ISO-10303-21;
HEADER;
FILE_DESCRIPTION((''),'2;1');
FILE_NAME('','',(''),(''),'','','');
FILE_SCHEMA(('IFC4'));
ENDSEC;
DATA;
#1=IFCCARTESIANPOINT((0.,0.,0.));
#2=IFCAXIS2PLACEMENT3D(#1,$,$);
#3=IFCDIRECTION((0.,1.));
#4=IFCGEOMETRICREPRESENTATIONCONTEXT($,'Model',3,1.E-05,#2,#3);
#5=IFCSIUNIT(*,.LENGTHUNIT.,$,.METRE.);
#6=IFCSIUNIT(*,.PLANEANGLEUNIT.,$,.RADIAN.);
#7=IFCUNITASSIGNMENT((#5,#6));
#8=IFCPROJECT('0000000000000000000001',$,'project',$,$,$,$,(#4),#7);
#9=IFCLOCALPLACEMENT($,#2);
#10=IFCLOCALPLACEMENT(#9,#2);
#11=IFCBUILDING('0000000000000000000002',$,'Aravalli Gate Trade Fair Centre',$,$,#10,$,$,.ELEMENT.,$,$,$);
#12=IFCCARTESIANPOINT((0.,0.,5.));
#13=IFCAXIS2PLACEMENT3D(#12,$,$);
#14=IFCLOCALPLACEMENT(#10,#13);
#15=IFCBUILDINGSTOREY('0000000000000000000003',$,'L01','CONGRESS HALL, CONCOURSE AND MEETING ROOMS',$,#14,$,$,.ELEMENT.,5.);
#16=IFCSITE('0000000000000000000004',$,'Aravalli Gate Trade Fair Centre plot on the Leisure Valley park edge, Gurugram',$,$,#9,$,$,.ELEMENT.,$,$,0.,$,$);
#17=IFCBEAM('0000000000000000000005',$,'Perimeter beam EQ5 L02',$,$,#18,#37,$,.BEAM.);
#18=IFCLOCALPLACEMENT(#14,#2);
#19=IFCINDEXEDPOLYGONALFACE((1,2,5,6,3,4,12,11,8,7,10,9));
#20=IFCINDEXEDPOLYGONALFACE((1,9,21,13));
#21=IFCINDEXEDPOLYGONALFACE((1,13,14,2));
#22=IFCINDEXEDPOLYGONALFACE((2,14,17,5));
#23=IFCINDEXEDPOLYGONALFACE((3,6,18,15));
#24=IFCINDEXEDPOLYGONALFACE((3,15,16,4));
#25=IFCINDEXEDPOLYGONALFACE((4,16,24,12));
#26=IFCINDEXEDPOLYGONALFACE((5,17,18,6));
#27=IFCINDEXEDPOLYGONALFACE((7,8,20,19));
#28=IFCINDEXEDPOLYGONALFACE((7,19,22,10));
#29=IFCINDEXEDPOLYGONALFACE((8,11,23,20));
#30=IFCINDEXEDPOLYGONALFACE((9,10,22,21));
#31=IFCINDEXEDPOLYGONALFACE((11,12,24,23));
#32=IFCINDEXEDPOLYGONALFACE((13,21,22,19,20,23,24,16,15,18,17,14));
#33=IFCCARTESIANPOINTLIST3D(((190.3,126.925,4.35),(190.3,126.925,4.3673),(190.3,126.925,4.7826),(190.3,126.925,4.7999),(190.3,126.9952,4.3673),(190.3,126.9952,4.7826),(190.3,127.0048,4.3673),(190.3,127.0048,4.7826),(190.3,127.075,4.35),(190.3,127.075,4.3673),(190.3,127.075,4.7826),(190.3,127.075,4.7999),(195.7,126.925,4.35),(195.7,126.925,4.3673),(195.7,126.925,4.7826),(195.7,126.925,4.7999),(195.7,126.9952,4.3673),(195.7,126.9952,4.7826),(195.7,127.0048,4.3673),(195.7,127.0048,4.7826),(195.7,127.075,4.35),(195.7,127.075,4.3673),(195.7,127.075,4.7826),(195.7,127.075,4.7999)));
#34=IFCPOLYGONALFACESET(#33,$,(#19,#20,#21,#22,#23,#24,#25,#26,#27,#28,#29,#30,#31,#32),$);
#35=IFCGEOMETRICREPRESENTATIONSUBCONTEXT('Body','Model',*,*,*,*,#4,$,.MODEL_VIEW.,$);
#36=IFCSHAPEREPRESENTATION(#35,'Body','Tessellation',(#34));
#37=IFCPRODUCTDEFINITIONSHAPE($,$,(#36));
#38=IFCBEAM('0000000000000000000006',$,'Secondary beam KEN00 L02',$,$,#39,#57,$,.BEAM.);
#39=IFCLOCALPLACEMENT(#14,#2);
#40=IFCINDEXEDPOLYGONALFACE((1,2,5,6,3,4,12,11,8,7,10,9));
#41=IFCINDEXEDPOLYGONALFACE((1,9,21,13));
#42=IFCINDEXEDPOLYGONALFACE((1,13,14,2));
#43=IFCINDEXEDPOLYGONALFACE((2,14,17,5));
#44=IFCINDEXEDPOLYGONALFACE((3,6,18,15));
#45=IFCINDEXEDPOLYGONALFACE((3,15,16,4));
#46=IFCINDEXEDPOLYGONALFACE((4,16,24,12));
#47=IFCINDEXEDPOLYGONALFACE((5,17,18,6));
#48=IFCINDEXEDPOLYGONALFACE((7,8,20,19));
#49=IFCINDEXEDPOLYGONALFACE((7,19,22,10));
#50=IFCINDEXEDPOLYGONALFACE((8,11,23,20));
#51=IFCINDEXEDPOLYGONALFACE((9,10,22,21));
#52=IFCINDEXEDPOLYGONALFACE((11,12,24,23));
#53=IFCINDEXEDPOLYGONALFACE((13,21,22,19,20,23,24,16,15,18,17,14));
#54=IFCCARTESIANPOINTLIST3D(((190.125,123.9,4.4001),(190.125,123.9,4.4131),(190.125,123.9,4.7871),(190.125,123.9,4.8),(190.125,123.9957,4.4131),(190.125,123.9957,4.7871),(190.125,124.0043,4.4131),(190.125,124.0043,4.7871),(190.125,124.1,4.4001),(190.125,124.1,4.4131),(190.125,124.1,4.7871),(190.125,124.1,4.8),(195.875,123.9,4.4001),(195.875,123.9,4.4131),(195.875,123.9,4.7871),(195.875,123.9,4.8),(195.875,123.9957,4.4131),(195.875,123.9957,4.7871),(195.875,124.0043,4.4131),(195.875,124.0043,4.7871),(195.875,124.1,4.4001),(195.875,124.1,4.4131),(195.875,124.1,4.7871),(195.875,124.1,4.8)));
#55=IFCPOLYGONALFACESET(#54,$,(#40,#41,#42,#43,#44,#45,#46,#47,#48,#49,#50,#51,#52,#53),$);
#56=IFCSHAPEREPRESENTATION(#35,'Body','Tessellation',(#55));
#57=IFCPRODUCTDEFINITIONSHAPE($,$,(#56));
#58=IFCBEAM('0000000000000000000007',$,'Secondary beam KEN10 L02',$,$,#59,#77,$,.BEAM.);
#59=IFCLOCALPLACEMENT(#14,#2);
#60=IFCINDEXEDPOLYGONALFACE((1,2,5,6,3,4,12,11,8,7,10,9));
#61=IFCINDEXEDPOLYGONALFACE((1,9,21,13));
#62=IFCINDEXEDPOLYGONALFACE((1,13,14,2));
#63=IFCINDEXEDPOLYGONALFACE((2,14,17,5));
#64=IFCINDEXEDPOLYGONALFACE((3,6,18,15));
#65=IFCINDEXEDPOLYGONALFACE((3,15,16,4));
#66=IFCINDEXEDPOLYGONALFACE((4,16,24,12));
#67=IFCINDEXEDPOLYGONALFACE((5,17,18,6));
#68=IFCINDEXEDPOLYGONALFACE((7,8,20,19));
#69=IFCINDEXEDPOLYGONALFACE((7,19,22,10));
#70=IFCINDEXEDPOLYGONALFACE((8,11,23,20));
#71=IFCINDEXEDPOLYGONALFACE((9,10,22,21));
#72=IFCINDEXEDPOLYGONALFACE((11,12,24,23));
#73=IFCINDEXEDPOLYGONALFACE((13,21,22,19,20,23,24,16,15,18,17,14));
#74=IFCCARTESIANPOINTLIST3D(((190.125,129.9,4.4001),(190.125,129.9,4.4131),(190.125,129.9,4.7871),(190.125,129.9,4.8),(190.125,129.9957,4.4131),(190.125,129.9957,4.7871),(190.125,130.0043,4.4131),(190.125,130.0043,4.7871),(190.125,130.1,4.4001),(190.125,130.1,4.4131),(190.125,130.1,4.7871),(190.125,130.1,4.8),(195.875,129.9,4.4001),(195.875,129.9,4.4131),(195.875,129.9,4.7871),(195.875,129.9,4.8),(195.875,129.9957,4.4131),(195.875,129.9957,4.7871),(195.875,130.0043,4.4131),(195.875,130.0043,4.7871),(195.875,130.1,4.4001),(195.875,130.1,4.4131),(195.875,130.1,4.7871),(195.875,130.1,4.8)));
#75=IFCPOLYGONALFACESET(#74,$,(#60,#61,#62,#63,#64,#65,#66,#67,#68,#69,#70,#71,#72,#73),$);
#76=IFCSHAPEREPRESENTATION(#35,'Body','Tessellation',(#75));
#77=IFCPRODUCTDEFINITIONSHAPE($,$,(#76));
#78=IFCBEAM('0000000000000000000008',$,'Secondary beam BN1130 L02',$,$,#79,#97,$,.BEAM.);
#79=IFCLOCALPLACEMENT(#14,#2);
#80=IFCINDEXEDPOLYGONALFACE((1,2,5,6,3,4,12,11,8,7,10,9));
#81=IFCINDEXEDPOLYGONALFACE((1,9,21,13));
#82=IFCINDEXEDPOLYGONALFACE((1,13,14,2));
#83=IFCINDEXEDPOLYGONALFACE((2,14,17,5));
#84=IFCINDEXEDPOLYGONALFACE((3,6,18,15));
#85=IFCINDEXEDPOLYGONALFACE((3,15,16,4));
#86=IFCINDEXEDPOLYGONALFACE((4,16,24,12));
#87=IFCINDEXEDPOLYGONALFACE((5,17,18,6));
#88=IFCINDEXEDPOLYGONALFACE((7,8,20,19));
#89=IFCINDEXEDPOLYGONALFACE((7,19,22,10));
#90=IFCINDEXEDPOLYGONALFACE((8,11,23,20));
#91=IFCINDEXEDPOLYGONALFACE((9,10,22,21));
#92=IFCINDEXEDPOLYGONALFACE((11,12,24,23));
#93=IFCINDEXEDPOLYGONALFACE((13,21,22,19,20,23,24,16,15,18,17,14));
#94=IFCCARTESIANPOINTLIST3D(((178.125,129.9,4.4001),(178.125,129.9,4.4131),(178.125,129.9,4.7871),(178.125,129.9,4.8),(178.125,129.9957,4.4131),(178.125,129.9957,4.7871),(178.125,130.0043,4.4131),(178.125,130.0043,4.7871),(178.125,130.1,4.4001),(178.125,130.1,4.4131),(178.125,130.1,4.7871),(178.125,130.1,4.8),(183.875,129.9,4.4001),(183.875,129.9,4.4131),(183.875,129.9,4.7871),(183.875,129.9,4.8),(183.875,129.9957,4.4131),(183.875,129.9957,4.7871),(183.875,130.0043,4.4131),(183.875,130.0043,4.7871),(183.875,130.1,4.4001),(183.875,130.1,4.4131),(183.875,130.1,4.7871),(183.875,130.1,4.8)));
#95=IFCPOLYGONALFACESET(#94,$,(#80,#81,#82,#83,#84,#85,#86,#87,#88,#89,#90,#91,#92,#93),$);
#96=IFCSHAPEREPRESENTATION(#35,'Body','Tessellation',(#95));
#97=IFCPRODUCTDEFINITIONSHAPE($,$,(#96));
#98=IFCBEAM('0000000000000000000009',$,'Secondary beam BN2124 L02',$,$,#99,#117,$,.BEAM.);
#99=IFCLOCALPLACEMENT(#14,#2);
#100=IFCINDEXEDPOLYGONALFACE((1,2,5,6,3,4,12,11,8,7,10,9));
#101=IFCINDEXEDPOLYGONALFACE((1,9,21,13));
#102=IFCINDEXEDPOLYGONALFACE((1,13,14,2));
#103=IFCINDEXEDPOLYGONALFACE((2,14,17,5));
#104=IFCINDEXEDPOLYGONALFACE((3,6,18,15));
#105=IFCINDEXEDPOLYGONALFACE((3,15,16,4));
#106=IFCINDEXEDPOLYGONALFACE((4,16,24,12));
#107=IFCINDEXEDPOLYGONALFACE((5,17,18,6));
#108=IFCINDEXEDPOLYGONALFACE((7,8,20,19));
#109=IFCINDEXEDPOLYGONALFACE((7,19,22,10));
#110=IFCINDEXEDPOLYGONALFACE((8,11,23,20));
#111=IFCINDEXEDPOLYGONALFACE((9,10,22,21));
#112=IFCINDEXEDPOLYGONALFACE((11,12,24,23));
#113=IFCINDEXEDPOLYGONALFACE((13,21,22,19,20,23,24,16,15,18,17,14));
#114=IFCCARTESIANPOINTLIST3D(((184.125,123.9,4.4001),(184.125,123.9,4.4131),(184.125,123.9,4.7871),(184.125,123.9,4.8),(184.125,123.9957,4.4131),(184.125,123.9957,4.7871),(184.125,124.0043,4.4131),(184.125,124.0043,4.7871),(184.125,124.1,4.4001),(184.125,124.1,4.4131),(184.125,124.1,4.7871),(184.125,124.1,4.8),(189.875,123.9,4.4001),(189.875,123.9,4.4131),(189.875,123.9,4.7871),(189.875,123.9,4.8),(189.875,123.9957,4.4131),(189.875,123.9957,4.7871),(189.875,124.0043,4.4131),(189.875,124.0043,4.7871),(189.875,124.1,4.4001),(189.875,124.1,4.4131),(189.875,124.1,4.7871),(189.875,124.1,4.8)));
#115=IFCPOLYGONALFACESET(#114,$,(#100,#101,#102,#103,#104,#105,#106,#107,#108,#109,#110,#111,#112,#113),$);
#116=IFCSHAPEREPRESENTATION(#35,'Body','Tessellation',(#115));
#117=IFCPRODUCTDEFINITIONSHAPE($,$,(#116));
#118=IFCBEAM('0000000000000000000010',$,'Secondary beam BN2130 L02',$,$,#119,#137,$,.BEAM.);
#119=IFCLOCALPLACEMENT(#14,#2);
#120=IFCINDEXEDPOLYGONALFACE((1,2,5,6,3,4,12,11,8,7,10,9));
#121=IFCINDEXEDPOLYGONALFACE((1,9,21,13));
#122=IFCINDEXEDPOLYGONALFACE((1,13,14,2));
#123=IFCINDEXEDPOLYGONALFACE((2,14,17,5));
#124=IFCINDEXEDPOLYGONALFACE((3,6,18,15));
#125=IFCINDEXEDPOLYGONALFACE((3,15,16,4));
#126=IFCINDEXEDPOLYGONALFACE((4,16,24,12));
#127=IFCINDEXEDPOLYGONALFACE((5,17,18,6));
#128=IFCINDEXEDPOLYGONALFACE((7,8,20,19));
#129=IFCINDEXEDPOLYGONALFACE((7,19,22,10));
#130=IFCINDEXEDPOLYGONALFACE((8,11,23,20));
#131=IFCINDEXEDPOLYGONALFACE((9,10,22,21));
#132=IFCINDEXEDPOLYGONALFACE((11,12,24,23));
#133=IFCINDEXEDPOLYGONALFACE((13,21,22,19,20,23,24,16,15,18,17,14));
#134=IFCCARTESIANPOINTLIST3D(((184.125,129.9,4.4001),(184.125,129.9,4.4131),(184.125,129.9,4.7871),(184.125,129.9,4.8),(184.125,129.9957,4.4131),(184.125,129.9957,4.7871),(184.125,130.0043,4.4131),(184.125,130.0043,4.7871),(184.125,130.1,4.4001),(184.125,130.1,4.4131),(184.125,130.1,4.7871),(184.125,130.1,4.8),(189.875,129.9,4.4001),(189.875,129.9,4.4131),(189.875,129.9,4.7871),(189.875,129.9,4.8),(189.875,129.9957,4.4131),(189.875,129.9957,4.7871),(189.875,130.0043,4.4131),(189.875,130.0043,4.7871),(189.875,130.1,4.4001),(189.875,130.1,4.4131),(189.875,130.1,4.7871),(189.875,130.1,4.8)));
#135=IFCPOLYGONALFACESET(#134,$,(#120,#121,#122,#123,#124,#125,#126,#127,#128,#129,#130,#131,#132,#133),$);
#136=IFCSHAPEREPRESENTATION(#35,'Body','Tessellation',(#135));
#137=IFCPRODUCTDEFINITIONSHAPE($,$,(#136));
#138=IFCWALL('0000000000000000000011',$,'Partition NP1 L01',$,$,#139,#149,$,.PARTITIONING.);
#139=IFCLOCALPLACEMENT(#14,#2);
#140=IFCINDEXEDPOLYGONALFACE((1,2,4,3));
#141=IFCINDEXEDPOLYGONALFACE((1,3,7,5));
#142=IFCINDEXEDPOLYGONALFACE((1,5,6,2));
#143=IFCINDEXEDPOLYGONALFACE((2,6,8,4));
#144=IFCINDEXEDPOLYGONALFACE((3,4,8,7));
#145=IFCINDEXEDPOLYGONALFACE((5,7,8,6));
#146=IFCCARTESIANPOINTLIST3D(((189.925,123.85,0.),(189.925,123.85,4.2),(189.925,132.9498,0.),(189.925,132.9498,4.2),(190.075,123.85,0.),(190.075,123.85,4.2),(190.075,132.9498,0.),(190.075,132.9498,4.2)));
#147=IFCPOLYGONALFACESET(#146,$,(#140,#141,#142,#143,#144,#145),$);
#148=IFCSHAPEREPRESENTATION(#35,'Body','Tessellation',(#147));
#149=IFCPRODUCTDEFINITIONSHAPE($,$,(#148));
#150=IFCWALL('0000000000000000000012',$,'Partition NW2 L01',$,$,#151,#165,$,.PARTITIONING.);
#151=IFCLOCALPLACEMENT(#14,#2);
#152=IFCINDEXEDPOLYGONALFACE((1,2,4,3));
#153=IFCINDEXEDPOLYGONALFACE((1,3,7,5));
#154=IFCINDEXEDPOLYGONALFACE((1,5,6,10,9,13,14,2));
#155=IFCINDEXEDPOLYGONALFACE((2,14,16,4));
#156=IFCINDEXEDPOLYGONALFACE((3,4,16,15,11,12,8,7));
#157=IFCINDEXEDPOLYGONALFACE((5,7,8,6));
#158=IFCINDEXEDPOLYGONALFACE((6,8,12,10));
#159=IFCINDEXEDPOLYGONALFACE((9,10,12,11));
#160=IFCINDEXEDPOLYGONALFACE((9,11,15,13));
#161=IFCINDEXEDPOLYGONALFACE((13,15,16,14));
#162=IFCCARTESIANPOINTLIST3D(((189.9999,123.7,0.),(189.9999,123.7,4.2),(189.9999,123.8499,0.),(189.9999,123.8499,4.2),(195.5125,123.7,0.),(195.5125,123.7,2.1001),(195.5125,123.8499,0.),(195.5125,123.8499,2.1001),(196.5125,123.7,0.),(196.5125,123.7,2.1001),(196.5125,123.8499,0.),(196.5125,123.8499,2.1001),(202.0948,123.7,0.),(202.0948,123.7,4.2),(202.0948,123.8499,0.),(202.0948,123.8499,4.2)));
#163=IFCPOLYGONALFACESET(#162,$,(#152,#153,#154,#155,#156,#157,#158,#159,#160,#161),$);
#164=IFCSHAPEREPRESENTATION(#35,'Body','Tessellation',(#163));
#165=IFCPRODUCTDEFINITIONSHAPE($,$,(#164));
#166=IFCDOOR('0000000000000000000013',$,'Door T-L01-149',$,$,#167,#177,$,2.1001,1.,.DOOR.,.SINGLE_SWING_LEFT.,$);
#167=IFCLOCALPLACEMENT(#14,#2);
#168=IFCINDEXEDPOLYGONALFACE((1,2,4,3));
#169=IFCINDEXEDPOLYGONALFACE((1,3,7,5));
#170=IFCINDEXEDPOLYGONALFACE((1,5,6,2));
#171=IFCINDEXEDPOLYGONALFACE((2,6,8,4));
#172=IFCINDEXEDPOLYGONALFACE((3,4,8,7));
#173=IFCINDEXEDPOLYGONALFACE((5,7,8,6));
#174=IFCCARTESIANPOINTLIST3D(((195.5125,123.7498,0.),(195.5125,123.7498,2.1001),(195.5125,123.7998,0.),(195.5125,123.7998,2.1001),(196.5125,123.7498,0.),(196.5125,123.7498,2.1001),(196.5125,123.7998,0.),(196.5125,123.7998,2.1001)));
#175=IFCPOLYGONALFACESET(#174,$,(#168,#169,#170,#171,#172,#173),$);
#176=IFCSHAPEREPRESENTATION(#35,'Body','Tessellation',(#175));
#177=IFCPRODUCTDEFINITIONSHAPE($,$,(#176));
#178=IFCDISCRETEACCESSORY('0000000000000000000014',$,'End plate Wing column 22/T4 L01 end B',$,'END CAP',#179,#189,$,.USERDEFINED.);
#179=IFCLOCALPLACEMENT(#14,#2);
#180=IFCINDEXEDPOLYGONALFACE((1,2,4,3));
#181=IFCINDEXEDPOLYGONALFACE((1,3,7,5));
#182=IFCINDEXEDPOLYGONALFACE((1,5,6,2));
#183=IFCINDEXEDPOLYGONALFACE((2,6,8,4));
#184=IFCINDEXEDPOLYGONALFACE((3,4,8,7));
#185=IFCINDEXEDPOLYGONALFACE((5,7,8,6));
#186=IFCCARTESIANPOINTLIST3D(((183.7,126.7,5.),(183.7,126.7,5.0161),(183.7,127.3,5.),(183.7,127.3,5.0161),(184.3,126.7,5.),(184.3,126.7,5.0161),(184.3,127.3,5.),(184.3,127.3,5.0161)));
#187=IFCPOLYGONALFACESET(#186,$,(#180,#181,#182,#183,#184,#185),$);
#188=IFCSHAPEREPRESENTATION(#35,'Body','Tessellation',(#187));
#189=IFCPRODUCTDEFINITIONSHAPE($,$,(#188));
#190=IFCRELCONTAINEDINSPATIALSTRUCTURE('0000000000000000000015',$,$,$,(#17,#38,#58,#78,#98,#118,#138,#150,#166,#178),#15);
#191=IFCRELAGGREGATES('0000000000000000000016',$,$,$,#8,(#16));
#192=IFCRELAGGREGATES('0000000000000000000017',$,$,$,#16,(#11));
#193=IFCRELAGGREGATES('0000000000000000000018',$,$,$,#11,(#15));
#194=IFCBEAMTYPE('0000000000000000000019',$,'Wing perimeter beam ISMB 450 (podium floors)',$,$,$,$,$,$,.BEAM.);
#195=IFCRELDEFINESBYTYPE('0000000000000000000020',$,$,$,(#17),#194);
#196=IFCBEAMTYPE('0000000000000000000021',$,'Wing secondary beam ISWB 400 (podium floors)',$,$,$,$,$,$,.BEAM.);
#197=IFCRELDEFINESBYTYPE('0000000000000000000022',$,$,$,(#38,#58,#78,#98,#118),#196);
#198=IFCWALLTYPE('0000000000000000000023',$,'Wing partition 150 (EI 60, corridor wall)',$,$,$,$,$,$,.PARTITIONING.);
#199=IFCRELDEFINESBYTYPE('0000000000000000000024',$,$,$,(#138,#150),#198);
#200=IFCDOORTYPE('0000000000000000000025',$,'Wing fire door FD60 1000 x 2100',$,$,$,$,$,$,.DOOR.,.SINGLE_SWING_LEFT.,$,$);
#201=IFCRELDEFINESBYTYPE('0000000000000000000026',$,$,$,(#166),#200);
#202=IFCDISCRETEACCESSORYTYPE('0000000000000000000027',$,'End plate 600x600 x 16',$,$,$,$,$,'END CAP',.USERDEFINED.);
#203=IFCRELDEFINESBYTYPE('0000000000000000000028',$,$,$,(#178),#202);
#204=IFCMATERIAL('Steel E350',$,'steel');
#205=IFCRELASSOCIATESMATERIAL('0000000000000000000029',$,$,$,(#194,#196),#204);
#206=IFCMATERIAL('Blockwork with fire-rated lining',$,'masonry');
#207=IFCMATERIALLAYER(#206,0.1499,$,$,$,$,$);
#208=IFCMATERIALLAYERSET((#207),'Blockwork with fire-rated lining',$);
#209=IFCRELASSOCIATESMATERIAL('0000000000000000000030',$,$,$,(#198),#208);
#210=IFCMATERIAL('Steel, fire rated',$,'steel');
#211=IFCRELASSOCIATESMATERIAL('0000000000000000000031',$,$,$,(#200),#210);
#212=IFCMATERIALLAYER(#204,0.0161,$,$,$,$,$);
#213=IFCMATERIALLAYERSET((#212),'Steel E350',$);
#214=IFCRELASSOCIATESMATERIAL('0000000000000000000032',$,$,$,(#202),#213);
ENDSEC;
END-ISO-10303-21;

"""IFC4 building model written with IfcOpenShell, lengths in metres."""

from ifc_helpers import new_model, si_unit, direction, frame, frame_2d, origin, origin_2d, place, context, subcontext, project, spatial, polyline, rectangle, i_section, outline, extrude, material, layer, layer_set, material_profile, profile_set, type_object, element, fill, save


model = new_model("IFC4")

# Units and contexts
model_context = context("Model", 3, precision=1e-05, world=origin(), true_north=direction((0.0, 1.0)))
body_context = subcontext(model_context, "Body", "Model", "MODEL_VIEW")
ifc_project = project(units=[si_unit("LENGTHUNIT", "METRE"), si_unit("PLANEANGLEUNIT", "RADIAN")], contexts=[model_context])

# Site, building, storey
site_placement = place(None, origin())
site = spatial("IfcSite", under=ifc_project, at=site_placement, Name="Aravalli Gate Trade Fair Centre plot on the Leisure Valley park edge, Gurugram", CompositionType="ELEMENT", RefElevation=0.0)
building_placement = place(site_placement, origin())
building = spatial("IfcBuilding", under=site, at=building_placement, Name="Aravalli Gate Trade Fair Centre", CompositionType="ELEMENT")
storey_placement = place(building_placement, frame((0.0, 0.0, 5.0)))
storey = spatial("IfcBuildingStorey", under=building, at=storey_placement, Name="L01", Description="CONGRESS HALL, CONCOURSE AND MEETING ROOMS", CompositionType="ELEMENT", Elevation=5.0)

# Shared definitions
ifc_material_1 = material(Name="Steel E350", Category="steel")

# Beams
ifc_material_profile_1 = material_profile(ifc_material_1, i_section(OverallWidth=0.1499, OverallDepth=0.45, WebThickness=0.0095, FlangeThickness=0.0173, at=origin_2d()), Name="ISMB 450")
ifc_profile_set_1 = profile_set([ifc_material_profile_1], Name="Steel E350")
beam_type_1 = type_object("IfcBeamType", Name="Wing perimeter beam ISMB 450 (podium floors)", PredefinedType="BEAM", material=ifc_profile_set_1)
for number, where, z_axis, x_axis, name in (
    (1, (190.3, 127.0, 4.575), (1.0, 0.0, 0.0), (0.0, 1.0, 0.0), "Perimeter beam EQ5 L02"),
):
    element("IfcBeam", number, at=place(storey_placement, frame(where, z_axis=z_axis, x_axis=x_axis)), inside=storey, type_object=beam_type_1, Name=name, PredefinedType="BEAM", context=body_context, shape_type="SweptSolid", body=[
        extrude(i_section(OverallWidth=0.1499, OverallDepth=0.45, WebThickness=0.0095, FlangeThickness=0.0173, at=origin_2d()), origin(), (0.0, 0.0, 1.0), 5.3999),
    ])
ifc_material_profile_2 = material_profile(ifc_material_1, i_section(OverallWidth=0.2, OverallDepth=0.3999, WebThickness=0.0085, FlangeThickness=0.0129, at=origin_2d()), Name="ISWB 400")
ifc_profile_set_2 = profile_set([ifc_material_profile_2], Name="Steel E350")
beam_type_2 = type_object("IfcBeamType", Name="Wing secondary beam ISWB 400 (podium floors)", PredefinedType="BEAM", material=ifc_profile_set_2)
for number, where, z_axis, x_axis, name in (
    (2, (190.125, 124.0, 4.6001), (1.0, 0.0, 0.0), (0.0, 1.0, 0.0), "Secondary beam KEN00 L02"),
    (3, (190.125, 130.0, 4.6001), (1.0, 0.0, 0.0), (0.0, 1.0, 0.0), "Secondary beam KEN10 L02"),
    (4, (178.125, 130.0, 4.6001), (1.0, 0.0, 0.0), (0.0, 1.0, 0.0), "Secondary beam BN1130 L02"),
    (5, (184.125, 124.0, 4.6001), (1.0, 0.0, 0.0), (0.0, 1.0, 0.0), "Secondary beam BN2124 L02"),
    (6, (184.125, 130.0, 4.6001), (1.0, 0.0, 0.0), (0.0, 1.0, 0.0), "Secondary beam BN2130 L02"),
):
    element("IfcBeam", number, at=place(storey_placement, frame(where, z_axis=z_axis, x_axis=x_axis)), inside=storey, type_object=beam_type_2, Name=name, PredefinedType="BEAM", context=body_context, shape_type="SweptSolid", body=[
        extrude(i_section(OverallWidth=0.2, OverallDepth=0.3999, WebThickness=0.0085, FlangeThickness=0.0129, at=origin_2d()), origin(), (0.0, 0.0, 1.0), 5.75),
    ])

# Wall
ifc_material_2 = material(Name="Blockwork with fire-rated lining", Category="masonry")
ifc_layer_1 = layer(ifc_material_2, 0.1499)
ifc_layer_set_1 = layer_set([ifc_layer_1], Name="Blockwork with fire-rated lining")
wall_type = type_object("IfcWallType", Name="Wing partition 150 (EI 60, corridor wall)", PredefinedType="PARTITIONING", material=ifc_layer_set_1)
wall_1_placement = place(storey_placement, frame((190.0, 123.8501, 0.0), z_axis=(0.0, 0.0, 1.0), x_axis=(0.0, 1.0, 0.0)))
element("IfcWall", 7, at=wall_1_placement, inside=storey, type_object=wall_type, Name="Partition NP1 L01", PredefinedType="PARTITIONING", context=body_context, shape_type="SweptSolid", body=[
    extrude(rectangle(XDim=9.0999, YDim=0.1499, at=frame_2d((4.5498, 0.0))), origin(), (0.0, 0.0, 1.0), 4.2),
])

# Wall, opening, door
wall_2_placement = place(storey_placement, frame((190.0, 123.7749, 0.0), z_axis=(0.0, 0.0, 1.0), x_axis=(1.0, 0.0, 0.0)))
wall_2 = element("IfcWall", 8, at=wall_2_placement, inside=storey, type_object=wall_type, Name="Partition NW2 L01", PredefinedType="PARTITIONING", context=body_context, shape_type="SweptSolid", body=[
    extrude(rectangle(XDim=12.095, YDim=0.1499, at=frame_2d((6.0474, 0.0))), origin(), (0.0, 0.0, 1.0), 4.2),
])
opening_placement = place(wall_2_placement, frame((5.5125, 0.0, 0.0)))
opening = element("IfcOpeningElement", 9, at=opening_placement, cuts=wall_2, PredefinedType="OPENING", context=body_context, shape_type="SweptSolid", body=[
    extrude(rectangle(XDim=1.0, YDim=2.1001, at=frame_2d((0.5, 1.05))), frame((0.0, 0.085, 0.0), z_axis=(0.0, -1.0, 0.0), x_axis=(1.0, 0.0, 0.0)), (0.0, 0.0, 1.0), 0.1699),
])
ifc_material_3 = material(Name="Steel, fire rated", Category="steel")
door_type = type_object("IfcDoorType", Name="Wing fire door FD60 1000 x 2100", OperationType="SINGLE_SWING_LEFT", PredefinedType="DOOR", material=ifc_material_3)
door_placement = place(opening_placement, origin())
door = element("IfcDoor", 10, at=door_placement, inside=storey, type_object=door_type, Name="Door T-L01-149", OperationType="SINGLE_SWING_LEFT", OverallHeight=2.1001, OverallWidth=1.0, PredefinedType="DOOR", context=body_context, shape_type="SweptSolid", body=[
    extrude(rectangle(XDim=1.0, YDim=2.1001, at=frame_2d((0.5, 1.05))), frame((0.0, 0.0249, 0.0), z_axis=(0.0, -1.0, 0.0), x_axis=(1.0, 0.0, 0.0)), (0.0, 0.0, 1.0), 0.05),
])
fill(opening, door)

# Discrete accessory
ifc_layer_2 = layer(ifc_material_1, 0.0161)
ifc_layer_set_2 = layer_set([ifc_layer_2], Name="Steel E350")
discrete_accessory_type = type_object("IfcDiscreteAccessoryType", Name="End plate 600x600 x 16", ElementType="END CAP", PredefinedType="USERDEFINED", material=ifc_layer_set_2)
for number, where, z_axis, x_axis, name in (
    (11, (183.7, 126.7, 5.0161), (0.0, 0.0, 1.0), (1.0, 0.0, 0.0), "End plate Wing column 22/T4 L01 end B"),
):
    element("IfcDiscreteAccessory", number, at=place(storey_placement, frame(where, z_axis=z_axis, x_axis=x_axis)), inside=storey, type_object=discrete_accessory_type, Name=name, ObjectType="END CAP", PredefinedType="USERDEFINED", context=body_context, shape_type="SweptSolid", body=[
        extrude(outline(polyline([(0.0, 0.0), (0.6001, 0.0), (0.6001, 0.6001), (0.0, 0.6001), (0.0, 0.0)])), origin(), (0.0, 0.0, -1.0), 0.0161),
    ])

save(model, "model.ifc")
